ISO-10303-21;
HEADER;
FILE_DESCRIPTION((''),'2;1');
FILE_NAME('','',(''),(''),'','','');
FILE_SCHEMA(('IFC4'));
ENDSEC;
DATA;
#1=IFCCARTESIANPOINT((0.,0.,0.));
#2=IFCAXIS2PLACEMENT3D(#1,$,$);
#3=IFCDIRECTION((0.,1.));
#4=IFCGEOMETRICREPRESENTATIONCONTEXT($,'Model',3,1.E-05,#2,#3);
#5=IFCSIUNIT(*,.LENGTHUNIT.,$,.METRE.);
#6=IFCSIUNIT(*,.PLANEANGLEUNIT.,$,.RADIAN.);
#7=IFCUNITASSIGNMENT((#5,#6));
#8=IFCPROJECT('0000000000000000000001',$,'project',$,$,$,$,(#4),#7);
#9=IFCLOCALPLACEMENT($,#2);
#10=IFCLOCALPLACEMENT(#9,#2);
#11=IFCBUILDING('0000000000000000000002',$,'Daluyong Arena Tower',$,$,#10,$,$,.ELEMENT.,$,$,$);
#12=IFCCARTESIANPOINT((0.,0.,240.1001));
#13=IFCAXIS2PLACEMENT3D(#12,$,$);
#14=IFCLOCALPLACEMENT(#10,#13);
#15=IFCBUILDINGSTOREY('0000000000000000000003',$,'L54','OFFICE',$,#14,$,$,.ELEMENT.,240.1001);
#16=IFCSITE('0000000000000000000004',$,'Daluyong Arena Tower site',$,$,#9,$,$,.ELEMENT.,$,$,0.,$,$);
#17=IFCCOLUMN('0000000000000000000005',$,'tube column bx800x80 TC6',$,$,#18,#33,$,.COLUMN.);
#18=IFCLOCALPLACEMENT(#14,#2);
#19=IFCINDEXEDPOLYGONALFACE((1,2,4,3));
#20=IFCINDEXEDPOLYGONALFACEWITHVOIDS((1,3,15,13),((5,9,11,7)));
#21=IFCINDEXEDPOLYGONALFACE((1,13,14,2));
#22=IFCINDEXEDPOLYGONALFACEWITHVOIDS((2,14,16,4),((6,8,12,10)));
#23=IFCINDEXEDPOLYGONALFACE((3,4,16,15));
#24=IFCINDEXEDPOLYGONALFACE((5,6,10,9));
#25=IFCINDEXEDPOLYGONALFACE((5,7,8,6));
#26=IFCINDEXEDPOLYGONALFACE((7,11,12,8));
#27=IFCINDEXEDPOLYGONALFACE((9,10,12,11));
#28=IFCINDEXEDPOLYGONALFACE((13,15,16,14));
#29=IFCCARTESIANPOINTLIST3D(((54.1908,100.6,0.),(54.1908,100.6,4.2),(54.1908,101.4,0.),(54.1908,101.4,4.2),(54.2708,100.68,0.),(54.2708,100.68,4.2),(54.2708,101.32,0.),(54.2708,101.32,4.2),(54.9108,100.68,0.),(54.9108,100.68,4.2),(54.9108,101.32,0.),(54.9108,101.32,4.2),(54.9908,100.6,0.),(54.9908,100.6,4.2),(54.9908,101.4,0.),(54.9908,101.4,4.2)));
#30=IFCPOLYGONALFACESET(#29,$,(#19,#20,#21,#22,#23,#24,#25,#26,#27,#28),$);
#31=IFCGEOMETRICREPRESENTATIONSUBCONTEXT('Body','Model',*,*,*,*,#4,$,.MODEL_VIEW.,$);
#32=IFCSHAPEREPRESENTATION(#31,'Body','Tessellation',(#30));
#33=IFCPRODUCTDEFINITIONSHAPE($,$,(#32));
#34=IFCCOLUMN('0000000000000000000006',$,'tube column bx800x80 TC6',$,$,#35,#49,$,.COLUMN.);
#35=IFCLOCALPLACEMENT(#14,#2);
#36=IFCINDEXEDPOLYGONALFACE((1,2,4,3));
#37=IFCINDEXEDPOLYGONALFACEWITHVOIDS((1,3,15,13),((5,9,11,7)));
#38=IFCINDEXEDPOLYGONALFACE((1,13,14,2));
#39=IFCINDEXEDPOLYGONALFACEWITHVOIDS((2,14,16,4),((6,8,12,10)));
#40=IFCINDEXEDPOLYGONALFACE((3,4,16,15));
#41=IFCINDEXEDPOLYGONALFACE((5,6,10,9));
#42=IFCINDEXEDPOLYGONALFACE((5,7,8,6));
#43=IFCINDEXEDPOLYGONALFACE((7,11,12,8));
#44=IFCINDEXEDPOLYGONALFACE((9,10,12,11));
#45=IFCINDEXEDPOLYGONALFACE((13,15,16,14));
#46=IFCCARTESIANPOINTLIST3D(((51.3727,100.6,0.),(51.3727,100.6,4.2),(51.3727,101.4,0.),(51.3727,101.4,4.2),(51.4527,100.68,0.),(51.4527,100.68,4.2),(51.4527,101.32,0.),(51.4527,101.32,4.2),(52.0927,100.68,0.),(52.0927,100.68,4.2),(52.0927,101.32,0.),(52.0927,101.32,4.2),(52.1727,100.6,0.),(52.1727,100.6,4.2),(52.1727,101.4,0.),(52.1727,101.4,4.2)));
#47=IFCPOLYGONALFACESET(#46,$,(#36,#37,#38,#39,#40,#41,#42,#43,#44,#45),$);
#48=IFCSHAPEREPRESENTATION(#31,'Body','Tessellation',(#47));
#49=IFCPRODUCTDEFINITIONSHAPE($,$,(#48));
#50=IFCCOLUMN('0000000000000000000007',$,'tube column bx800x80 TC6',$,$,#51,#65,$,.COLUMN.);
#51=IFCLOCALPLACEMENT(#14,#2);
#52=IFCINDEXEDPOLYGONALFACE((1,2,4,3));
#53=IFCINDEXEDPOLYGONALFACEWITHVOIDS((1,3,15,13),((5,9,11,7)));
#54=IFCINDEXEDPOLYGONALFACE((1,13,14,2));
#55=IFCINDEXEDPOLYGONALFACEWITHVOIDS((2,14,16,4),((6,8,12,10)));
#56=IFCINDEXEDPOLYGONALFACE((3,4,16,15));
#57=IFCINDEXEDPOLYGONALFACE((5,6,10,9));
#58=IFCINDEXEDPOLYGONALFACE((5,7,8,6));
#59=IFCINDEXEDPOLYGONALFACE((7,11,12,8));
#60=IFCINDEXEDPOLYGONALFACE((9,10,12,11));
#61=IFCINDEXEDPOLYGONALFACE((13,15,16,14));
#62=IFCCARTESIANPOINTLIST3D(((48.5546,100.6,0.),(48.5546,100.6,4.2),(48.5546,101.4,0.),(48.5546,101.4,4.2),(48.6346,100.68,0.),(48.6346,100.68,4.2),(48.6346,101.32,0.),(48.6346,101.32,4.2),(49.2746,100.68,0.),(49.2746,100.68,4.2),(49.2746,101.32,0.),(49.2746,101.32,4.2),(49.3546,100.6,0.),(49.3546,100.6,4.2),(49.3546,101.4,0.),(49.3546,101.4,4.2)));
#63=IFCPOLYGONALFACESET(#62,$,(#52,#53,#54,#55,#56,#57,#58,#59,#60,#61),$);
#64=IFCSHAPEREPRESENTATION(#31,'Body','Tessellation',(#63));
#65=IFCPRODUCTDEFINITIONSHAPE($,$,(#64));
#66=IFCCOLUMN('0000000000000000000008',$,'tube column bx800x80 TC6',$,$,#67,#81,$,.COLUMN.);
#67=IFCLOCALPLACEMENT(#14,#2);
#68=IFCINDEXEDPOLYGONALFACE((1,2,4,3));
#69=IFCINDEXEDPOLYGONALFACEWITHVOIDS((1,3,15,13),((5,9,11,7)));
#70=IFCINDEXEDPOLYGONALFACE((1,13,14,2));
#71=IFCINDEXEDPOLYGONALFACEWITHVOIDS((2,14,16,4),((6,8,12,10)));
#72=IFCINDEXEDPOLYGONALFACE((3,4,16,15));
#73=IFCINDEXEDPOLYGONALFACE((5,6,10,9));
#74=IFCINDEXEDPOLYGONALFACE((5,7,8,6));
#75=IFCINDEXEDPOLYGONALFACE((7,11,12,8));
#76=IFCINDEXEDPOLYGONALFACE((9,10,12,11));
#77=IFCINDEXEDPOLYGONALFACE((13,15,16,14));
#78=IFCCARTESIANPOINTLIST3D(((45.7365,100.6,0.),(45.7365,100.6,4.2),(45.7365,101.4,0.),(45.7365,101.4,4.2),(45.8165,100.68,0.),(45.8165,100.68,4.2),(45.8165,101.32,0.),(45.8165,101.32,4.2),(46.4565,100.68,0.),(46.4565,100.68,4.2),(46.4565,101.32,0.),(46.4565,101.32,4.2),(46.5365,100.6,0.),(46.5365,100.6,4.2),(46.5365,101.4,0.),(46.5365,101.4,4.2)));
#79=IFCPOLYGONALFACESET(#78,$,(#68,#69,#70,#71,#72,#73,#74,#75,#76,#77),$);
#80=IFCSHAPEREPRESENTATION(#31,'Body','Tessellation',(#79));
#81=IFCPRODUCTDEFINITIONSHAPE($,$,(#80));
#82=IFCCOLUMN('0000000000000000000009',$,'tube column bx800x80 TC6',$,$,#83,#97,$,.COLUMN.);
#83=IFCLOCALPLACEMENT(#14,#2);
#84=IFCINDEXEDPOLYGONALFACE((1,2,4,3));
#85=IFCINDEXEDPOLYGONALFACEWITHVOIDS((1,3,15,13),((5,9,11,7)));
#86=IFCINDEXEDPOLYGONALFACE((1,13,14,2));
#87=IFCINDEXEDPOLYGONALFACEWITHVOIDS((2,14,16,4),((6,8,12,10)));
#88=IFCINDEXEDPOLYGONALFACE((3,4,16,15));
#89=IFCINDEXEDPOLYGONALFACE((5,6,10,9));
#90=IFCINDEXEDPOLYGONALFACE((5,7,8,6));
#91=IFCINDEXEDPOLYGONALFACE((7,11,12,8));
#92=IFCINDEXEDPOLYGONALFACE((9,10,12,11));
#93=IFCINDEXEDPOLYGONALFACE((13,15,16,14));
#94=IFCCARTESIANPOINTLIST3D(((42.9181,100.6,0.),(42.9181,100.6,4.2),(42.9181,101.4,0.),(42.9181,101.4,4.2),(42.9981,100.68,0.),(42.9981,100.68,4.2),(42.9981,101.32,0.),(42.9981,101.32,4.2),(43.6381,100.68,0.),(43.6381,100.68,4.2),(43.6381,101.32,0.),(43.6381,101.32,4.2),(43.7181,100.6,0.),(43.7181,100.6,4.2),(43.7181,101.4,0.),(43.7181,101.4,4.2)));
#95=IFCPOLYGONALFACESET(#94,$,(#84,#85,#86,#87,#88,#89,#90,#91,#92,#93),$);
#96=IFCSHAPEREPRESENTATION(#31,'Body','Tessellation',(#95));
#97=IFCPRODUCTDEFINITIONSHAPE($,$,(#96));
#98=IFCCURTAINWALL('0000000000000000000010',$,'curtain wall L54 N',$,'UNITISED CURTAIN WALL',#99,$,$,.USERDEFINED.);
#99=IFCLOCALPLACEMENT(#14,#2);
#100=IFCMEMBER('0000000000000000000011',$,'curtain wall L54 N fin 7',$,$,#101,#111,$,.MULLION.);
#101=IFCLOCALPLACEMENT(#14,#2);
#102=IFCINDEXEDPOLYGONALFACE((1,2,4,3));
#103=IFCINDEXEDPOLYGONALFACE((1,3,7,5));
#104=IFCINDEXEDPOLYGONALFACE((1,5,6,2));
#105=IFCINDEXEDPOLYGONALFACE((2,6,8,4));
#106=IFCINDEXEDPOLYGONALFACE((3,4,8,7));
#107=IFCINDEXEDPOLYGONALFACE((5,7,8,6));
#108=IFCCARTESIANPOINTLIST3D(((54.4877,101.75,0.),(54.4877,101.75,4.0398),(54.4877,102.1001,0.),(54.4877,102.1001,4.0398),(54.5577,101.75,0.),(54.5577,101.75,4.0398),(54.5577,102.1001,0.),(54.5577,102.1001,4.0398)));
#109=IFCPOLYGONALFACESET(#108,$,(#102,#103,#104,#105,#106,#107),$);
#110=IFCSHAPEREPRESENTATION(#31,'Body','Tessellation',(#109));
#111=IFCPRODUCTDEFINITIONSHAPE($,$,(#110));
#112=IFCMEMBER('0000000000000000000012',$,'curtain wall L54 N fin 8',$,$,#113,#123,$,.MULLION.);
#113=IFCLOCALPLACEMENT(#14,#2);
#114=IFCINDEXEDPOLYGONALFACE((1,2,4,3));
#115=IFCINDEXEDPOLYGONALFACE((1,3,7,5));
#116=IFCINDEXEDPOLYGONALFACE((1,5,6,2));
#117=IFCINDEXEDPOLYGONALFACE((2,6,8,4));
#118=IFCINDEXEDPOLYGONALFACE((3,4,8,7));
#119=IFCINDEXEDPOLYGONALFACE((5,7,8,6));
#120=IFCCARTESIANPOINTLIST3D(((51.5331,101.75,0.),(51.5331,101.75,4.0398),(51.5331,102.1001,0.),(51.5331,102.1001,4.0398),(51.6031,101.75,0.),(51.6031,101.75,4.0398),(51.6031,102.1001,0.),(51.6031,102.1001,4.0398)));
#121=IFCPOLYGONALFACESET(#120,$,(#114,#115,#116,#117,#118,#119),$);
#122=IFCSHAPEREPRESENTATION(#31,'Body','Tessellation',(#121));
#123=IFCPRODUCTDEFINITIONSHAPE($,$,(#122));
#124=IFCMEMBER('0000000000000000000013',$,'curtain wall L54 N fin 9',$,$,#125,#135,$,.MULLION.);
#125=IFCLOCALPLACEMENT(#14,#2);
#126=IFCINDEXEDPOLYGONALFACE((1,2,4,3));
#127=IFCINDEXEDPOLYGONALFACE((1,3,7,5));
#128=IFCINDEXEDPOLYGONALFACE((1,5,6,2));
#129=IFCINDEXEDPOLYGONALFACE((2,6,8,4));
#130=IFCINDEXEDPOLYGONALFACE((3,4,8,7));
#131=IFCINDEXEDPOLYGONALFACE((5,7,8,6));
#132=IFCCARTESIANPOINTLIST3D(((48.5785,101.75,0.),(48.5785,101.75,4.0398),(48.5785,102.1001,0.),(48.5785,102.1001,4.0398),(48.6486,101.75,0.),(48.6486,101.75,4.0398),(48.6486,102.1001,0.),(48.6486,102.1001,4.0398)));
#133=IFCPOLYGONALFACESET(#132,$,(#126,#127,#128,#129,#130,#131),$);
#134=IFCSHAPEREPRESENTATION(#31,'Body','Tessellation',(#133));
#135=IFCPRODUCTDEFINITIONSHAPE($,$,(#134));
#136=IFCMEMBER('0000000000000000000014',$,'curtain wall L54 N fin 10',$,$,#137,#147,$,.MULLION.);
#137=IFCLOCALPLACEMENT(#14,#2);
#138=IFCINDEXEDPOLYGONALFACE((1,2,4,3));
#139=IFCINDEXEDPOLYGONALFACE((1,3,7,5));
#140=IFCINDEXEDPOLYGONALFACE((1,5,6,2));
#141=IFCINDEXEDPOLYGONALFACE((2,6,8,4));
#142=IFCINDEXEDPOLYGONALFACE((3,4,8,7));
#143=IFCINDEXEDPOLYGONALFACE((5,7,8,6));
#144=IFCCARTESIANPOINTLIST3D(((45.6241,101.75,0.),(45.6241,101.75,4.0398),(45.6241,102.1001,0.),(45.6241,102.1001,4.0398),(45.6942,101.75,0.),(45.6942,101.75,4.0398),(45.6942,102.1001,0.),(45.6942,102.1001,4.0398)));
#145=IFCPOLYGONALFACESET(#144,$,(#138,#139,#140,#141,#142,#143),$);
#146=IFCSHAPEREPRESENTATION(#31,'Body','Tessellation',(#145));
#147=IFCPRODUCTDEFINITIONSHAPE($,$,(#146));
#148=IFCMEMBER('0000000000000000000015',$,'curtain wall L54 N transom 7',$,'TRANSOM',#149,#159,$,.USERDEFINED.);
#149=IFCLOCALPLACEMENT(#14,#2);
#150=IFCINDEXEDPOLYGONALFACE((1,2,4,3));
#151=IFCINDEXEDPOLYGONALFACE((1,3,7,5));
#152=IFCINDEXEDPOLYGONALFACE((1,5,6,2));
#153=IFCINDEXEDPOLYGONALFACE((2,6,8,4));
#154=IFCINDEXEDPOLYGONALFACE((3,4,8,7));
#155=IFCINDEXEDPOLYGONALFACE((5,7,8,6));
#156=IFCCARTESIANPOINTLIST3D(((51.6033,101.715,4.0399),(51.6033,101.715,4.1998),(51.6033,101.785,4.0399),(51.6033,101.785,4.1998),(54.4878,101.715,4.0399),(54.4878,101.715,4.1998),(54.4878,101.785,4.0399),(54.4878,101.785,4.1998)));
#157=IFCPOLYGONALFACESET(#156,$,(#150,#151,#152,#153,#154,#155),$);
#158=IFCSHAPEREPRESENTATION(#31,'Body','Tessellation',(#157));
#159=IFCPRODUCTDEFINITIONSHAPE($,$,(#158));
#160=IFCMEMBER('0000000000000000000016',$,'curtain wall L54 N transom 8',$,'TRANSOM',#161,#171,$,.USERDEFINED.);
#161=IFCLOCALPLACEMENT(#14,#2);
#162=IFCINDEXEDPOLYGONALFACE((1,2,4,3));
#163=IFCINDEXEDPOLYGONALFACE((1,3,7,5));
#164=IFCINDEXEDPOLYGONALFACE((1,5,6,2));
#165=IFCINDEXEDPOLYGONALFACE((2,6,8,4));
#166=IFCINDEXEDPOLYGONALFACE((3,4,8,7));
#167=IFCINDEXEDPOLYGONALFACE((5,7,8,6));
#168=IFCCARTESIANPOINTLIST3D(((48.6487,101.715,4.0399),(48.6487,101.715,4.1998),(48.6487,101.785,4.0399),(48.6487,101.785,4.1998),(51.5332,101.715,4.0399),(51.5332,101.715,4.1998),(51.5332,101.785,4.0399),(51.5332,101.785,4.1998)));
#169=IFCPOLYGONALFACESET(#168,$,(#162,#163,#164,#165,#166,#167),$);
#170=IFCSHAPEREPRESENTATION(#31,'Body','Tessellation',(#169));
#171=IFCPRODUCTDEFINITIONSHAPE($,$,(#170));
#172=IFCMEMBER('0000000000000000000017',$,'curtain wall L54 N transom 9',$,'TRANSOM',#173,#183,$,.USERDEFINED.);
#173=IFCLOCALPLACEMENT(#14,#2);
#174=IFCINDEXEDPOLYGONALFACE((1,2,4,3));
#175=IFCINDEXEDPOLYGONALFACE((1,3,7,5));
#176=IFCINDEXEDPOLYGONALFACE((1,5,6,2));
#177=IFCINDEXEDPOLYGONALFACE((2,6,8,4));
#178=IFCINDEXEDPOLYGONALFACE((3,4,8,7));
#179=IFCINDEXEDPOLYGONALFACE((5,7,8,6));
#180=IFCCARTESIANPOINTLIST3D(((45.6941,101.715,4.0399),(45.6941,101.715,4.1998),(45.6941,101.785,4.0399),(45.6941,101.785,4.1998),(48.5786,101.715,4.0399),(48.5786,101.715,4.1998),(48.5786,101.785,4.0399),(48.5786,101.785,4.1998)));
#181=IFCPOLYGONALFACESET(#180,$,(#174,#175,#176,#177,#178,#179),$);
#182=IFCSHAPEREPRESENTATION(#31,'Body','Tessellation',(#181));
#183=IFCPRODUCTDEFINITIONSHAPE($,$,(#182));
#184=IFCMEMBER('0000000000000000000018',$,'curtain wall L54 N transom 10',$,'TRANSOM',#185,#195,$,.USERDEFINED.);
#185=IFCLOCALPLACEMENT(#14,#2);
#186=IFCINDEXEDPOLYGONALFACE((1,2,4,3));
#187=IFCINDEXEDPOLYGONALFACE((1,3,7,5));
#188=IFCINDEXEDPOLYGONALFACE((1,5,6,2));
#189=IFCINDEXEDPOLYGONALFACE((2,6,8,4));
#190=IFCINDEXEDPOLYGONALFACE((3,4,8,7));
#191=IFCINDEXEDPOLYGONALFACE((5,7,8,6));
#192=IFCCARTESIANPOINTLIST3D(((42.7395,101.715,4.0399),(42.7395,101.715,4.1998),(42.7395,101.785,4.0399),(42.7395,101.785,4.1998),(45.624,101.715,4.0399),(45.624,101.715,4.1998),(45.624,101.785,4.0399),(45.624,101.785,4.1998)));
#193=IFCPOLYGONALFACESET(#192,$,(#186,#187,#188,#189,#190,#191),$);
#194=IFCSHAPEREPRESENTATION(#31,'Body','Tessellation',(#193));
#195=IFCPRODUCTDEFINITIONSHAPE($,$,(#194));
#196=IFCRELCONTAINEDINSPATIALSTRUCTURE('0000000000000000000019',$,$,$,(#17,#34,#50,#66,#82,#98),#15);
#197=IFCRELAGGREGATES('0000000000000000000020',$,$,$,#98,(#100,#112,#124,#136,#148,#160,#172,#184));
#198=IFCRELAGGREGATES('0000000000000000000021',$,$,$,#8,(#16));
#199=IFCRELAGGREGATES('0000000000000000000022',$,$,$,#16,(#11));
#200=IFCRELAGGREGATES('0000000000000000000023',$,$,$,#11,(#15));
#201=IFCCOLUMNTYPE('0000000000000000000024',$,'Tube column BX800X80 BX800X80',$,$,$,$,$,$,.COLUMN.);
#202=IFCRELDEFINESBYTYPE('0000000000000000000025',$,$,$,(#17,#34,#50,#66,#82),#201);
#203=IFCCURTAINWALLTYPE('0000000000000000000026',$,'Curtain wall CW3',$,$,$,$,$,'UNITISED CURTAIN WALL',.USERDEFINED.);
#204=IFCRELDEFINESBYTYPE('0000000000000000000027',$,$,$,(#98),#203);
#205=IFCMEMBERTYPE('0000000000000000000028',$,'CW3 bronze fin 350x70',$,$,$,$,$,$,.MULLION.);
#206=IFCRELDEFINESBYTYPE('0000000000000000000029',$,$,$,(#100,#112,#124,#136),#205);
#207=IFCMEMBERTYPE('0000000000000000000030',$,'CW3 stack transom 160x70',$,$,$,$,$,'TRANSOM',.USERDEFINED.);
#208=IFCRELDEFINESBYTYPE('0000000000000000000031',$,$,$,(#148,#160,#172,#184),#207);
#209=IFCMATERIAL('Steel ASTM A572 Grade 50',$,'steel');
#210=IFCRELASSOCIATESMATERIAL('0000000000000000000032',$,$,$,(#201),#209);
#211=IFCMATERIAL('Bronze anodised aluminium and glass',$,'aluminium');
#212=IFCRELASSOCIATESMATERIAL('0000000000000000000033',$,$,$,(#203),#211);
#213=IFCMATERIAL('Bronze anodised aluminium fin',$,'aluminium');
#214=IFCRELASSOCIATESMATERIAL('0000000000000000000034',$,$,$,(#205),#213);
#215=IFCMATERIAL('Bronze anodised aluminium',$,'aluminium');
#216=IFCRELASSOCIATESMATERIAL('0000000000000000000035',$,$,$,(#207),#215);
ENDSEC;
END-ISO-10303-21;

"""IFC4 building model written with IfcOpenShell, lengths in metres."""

from ifc_helpers import new_model, si_unit, direction, frame, origin, origin_2d, place, context, subcontext, project, spatial, rectangle, hollow_rectangle, extrude, material, material_profile, profile_set, type_object, element, aggregate, save


model = new_model("IFC4")

# Units and contexts
model_context = context("Model", 3, precision=1e-05, world=origin(), true_north=direction((0.0, 1.0)))
body_context = subcontext(model_context, "Body", "Model", "MODEL_VIEW")
ifc_project = project(units=[si_unit("LENGTHUNIT", "METRE"), si_unit("PLANEANGLEUNIT", "RADIAN")], contexts=[model_context])

# Site, building, storey
site_placement = place(None, origin())
site = spatial("IfcSite", under=ifc_project, at=site_placement, Name="Daluyong Arena Tower site", CompositionType="ELEMENT", RefElevation=0.0)
building_placement = place(site_placement, origin())
building = spatial("IfcBuilding", under=site, at=building_placement, Name="Daluyong Arena Tower", CompositionType="ELEMENT")
storey_placement = place(building_placement, frame((0.0, 0.0, 240.1001)))
storey = spatial("IfcBuildingStorey", under=building, at=storey_placement, Name="L54", Description="OFFICE", CompositionType="ELEMENT", Elevation=240.1001)

# Columns
ifc_material_1 = material(Name="Steel ASTM A572 Grade 50", Category="steel")
ifc_material_profile_1 = material_profile(ifc_material_1, hollow_rectangle(XDim=0.8, YDim=0.8, WallThickness=0.08, at=origin_2d()))
ifc_profile_set_1 = profile_set([ifc_material_profile_1], Name="Steel ASTM A572 Grade 50")
column_type = type_object("IfcColumnType", Name="Tube column BX800X80 BX800X80", PredefinedType="COLUMN", material=ifc_profile_set_1)
for number, where, z_axis, x_axis, name in (
    (1, (54.5908, 101.0, 0.0), (0.0, 0.0, 1.0), (1.0, 0.0, 0.0), "tube column bx800x80 TC6"),
    (2, (51.7727, 101.0, 0.0), (0.0, 0.0, 1.0), (1.0, 0.0, 0.0), "tube column bx800x80 TC6"),
    (3, (48.9546, 101.0, 0.0), (0.0, 0.0, 1.0), (1.0, 0.0, 0.0), "tube column bx800x80 TC6"),
    (4, (46.1365, 101.0, 0.0), (0.0, 0.0, 1.0), (1.0, 0.0, 0.0), "tube column bx800x80 TC6"),
    (5, (43.3181, 101.0, 0.0), (0.0, 0.0, 1.0), (1.0, 0.0, 0.0), "tube column bx800x80 TC6"),
):
    element("IfcColumn", number, at=place(storey_placement, frame(where, z_axis=z_axis, x_axis=x_axis)), inside=storey, type_object=column_type, Name=name, PredefinedType="COLUMN", context=body_context, shape_type="SweptSolid", body=[
        extrude(hollow_rectangle(XDim=0.8, YDim=0.8, WallThickness=0.08, at=origin_2d()), origin(), (0.0, 0.0, 1.0), 4.2),
    ])

# Curtain wall, members
ifc_material_2 = material(Name="Bronze anodised aluminium and glass", Category="aluminium")
curtain_wall_type = type_object("IfcCurtainWallType", Name="Curtain wall CW3", ElementType="UNITISED CURTAIN WALL", PredefinedType="USERDEFINED", material=ifc_material_2)
curtain_wall_placement = place(storey_placement, origin())
curtain_wall = element("IfcCurtainWall", 6, at=curtain_wall_placement, inside=storey, type_object=curtain_wall_type, Name="curtain wall L54 N", ObjectType="UNITISED CURTAIN WALL", PredefinedType="USERDEFINED")
ifc_material_3 = material(Name="Bronze anodised aluminium fin", Category="aluminium")
ifc_material_profile_2 = material_profile(ifc_material_3, rectangle(XDim=0.3501, YDim=0.0701, at=origin_2d()))
ifc_profile_set_2 = profile_set([ifc_material_profile_2], Name="Bronze anodised aluminium fin")
member_type_1 = type_object("IfcMemberType", Name="CW3 bronze fin 350x70", PredefinedType="MULLION", material=ifc_profile_set_2)
member_1_placement = place(storey_placement, frame((54.5227, 101.925, 0.0), z_axis=(0.0, 0.0, 1.0), x_axis=(0.0, -1.0, 0.0)))
member_1 = element("IfcMember", 7, at=member_1_placement, type_object=member_type_1, Name="curtain wall L54 N fin 7", PredefinedType="MULLION", context=body_context, shape_type="SweptSolid", body=[
    extrude(rectangle(XDim=0.3501, YDim=0.0701, at=origin_2d()), origin(), (0.0, 0.0, 1.0), 4.0398),
])
member_2_placement = place(storey_placement, frame((51.5681, 101.925, 0.0), z_axis=(0.0, 0.0, 1.0), x_axis=(0.0, -1.0, 0.0)))
member_2 = element("IfcMember", 8, at=member_2_placement, type_object=member_type_1, Name="curtain wall L54 N fin 8", PredefinedType="MULLION", context=body_context, shape_type="SweptSolid", body=[
    extrude(rectangle(XDim=0.3501, YDim=0.0701, at=origin_2d()), origin(), (0.0, 0.0, 1.0), 4.0398),
])
member_3_placement = place(storey_placement, frame((48.6135, 101.925, 0.0), z_axis=(0.0, 0.0, 1.0), x_axis=(0.0, -1.0, 0.0)))
member_3 = element("IfcMember", 9, at=member_3_placement, type_object=member_type_1, Name="curtain wall L54 N fin 9", PredefinedType="MULLION", context=body_context, shape_type="SweptSolid", body=[
    extrude(rectangle(XDim=0.3501, YDim=0.0701, at=origin_2d()), origin(), (0.0, 0.0, 1.0), 4.0398),
])
member_4_placement = place(storey_placement, frame((45.6592, 101.925, 0.0), z_axis=(0.0, 0.0, 1.0), x_axis=(0.0, -1.0, 0.0)))
member_4 = element("IfcMember", 10, at=member_4_placement, type_object=member_type_1, Name="curtain wall L54 N fin 10", PredefinedType="MULLION", context=body_context, shape_type="SweptSolid", body=[
    extrude(rectangle(XDim=0.3501, YDim=0.0701, at=origin_2d()), origin(), (0.0, 0.0, 1.0), 4.0398),
])
ifc_material_4 = material(Name="Bronze anodised aluminium", Category="aluminium")
ifc_material_profile_3 = material_profile(ifc_material_4, rectangle(XDim=0.0701, YDim=0.1599, at=origin_2d()))
ifc_profile_set_3 = profile_set([ifc_material_profile_3], Name="Bronze anodised aluminium")
member_type_2 = type_object("IfcMemberType", Name="CW3 stack transom 160x70", ElementType="TRANSOM", PredefinedType="USERDEFINED", material=ifc_profile_set_3)
member_5_placement = place(storey_placement, frame((54.4878, 101.75, 4.1199), z_axis=(-1.0, 0.0, 0.0), x_axis=(0.0, -1.0, 0.0)))
member_5 = element("IfcMember", 11, at=member_5_placement, type_object=member_type_2, Name="curtain wall L54 N transom 7", ObjectType="TRANSOM", PredefinedType="USERDEFINED", context=body_context, shape_type="SweptSolid", body=[
    extrude(rectangle(XDim=0.0701, YDim=0.1599, at=origin_2d()), origin(), (0.0, 0.0, 1.0), 2.8845),
])
member_6_placement = place(storey_placement, frame((51.5332, 101.75, 4.1199), z_axis=(-1.0, 0.0, 0.0), x_axis=(0.0, -1.0, 0.0)))
member_6 = element("IfcMember", 12, at=member_6_placement, type_object=member_type_2, Name="curtain wall L54 N transom 8", ObjectType="TRANSOM", PredefinedType="USERDEFINED", context=body_context, shape_type="SweptSolid", body=[
    extrude(rectangle(XDim=0.0701, YDim=0.1599, at=origin_2d()), origin(), (0.0, 0.0, 1.0), 2.8845),
])
member_7_placement = place(storey_placement, frame((48.5786, 101.75, 4.1199), z_axis=(-1.0, 0.0, 0.0), x_axis=(0.0, -1.0, 0.0)))
member_7 = element("IfcMember", 13, at=member_7_placement, type_object=member_type_2, Name="curtain wall L54 N transom 9", ObjectType="TRANSOM", PredefinedType="USERDEFINED", context=body_context, shape_type="SweptSolid", body=[
    extrude(rectangle(XDim=0.0701, YDim=0.1599, at=origin_2d()), origin(), (0.0, 0.0, 1.0), 2.8845),
])
member_8_placement = place(storey_placement, frame((45.624, 101.75, 4.1199), z_axis=(-1.0, 0.0, 0.0), x_axis=(0.0, -1.0, 0.0)))
member_8 = element("IfcMember", 14, at=member_8_placement, type_object=member_type_2, Name="curtain wall L54 N transom 10", ObjectType="TRANSOM", PredefinedType="USERDEFINED", context=body_context, shape_type="SweptSolid", body=[
    extrude(rectangle(XDim=0.0701, YDim=0.1599, at=origin_2d()), origin(), (0.0, 0.0, 1.0), 2.8845),
])

aggregate(curtain_wall, [member_1, member_2, member_3, member_4, member_5, member_6, member_7, member_8])

save(model, "model.ifc")
